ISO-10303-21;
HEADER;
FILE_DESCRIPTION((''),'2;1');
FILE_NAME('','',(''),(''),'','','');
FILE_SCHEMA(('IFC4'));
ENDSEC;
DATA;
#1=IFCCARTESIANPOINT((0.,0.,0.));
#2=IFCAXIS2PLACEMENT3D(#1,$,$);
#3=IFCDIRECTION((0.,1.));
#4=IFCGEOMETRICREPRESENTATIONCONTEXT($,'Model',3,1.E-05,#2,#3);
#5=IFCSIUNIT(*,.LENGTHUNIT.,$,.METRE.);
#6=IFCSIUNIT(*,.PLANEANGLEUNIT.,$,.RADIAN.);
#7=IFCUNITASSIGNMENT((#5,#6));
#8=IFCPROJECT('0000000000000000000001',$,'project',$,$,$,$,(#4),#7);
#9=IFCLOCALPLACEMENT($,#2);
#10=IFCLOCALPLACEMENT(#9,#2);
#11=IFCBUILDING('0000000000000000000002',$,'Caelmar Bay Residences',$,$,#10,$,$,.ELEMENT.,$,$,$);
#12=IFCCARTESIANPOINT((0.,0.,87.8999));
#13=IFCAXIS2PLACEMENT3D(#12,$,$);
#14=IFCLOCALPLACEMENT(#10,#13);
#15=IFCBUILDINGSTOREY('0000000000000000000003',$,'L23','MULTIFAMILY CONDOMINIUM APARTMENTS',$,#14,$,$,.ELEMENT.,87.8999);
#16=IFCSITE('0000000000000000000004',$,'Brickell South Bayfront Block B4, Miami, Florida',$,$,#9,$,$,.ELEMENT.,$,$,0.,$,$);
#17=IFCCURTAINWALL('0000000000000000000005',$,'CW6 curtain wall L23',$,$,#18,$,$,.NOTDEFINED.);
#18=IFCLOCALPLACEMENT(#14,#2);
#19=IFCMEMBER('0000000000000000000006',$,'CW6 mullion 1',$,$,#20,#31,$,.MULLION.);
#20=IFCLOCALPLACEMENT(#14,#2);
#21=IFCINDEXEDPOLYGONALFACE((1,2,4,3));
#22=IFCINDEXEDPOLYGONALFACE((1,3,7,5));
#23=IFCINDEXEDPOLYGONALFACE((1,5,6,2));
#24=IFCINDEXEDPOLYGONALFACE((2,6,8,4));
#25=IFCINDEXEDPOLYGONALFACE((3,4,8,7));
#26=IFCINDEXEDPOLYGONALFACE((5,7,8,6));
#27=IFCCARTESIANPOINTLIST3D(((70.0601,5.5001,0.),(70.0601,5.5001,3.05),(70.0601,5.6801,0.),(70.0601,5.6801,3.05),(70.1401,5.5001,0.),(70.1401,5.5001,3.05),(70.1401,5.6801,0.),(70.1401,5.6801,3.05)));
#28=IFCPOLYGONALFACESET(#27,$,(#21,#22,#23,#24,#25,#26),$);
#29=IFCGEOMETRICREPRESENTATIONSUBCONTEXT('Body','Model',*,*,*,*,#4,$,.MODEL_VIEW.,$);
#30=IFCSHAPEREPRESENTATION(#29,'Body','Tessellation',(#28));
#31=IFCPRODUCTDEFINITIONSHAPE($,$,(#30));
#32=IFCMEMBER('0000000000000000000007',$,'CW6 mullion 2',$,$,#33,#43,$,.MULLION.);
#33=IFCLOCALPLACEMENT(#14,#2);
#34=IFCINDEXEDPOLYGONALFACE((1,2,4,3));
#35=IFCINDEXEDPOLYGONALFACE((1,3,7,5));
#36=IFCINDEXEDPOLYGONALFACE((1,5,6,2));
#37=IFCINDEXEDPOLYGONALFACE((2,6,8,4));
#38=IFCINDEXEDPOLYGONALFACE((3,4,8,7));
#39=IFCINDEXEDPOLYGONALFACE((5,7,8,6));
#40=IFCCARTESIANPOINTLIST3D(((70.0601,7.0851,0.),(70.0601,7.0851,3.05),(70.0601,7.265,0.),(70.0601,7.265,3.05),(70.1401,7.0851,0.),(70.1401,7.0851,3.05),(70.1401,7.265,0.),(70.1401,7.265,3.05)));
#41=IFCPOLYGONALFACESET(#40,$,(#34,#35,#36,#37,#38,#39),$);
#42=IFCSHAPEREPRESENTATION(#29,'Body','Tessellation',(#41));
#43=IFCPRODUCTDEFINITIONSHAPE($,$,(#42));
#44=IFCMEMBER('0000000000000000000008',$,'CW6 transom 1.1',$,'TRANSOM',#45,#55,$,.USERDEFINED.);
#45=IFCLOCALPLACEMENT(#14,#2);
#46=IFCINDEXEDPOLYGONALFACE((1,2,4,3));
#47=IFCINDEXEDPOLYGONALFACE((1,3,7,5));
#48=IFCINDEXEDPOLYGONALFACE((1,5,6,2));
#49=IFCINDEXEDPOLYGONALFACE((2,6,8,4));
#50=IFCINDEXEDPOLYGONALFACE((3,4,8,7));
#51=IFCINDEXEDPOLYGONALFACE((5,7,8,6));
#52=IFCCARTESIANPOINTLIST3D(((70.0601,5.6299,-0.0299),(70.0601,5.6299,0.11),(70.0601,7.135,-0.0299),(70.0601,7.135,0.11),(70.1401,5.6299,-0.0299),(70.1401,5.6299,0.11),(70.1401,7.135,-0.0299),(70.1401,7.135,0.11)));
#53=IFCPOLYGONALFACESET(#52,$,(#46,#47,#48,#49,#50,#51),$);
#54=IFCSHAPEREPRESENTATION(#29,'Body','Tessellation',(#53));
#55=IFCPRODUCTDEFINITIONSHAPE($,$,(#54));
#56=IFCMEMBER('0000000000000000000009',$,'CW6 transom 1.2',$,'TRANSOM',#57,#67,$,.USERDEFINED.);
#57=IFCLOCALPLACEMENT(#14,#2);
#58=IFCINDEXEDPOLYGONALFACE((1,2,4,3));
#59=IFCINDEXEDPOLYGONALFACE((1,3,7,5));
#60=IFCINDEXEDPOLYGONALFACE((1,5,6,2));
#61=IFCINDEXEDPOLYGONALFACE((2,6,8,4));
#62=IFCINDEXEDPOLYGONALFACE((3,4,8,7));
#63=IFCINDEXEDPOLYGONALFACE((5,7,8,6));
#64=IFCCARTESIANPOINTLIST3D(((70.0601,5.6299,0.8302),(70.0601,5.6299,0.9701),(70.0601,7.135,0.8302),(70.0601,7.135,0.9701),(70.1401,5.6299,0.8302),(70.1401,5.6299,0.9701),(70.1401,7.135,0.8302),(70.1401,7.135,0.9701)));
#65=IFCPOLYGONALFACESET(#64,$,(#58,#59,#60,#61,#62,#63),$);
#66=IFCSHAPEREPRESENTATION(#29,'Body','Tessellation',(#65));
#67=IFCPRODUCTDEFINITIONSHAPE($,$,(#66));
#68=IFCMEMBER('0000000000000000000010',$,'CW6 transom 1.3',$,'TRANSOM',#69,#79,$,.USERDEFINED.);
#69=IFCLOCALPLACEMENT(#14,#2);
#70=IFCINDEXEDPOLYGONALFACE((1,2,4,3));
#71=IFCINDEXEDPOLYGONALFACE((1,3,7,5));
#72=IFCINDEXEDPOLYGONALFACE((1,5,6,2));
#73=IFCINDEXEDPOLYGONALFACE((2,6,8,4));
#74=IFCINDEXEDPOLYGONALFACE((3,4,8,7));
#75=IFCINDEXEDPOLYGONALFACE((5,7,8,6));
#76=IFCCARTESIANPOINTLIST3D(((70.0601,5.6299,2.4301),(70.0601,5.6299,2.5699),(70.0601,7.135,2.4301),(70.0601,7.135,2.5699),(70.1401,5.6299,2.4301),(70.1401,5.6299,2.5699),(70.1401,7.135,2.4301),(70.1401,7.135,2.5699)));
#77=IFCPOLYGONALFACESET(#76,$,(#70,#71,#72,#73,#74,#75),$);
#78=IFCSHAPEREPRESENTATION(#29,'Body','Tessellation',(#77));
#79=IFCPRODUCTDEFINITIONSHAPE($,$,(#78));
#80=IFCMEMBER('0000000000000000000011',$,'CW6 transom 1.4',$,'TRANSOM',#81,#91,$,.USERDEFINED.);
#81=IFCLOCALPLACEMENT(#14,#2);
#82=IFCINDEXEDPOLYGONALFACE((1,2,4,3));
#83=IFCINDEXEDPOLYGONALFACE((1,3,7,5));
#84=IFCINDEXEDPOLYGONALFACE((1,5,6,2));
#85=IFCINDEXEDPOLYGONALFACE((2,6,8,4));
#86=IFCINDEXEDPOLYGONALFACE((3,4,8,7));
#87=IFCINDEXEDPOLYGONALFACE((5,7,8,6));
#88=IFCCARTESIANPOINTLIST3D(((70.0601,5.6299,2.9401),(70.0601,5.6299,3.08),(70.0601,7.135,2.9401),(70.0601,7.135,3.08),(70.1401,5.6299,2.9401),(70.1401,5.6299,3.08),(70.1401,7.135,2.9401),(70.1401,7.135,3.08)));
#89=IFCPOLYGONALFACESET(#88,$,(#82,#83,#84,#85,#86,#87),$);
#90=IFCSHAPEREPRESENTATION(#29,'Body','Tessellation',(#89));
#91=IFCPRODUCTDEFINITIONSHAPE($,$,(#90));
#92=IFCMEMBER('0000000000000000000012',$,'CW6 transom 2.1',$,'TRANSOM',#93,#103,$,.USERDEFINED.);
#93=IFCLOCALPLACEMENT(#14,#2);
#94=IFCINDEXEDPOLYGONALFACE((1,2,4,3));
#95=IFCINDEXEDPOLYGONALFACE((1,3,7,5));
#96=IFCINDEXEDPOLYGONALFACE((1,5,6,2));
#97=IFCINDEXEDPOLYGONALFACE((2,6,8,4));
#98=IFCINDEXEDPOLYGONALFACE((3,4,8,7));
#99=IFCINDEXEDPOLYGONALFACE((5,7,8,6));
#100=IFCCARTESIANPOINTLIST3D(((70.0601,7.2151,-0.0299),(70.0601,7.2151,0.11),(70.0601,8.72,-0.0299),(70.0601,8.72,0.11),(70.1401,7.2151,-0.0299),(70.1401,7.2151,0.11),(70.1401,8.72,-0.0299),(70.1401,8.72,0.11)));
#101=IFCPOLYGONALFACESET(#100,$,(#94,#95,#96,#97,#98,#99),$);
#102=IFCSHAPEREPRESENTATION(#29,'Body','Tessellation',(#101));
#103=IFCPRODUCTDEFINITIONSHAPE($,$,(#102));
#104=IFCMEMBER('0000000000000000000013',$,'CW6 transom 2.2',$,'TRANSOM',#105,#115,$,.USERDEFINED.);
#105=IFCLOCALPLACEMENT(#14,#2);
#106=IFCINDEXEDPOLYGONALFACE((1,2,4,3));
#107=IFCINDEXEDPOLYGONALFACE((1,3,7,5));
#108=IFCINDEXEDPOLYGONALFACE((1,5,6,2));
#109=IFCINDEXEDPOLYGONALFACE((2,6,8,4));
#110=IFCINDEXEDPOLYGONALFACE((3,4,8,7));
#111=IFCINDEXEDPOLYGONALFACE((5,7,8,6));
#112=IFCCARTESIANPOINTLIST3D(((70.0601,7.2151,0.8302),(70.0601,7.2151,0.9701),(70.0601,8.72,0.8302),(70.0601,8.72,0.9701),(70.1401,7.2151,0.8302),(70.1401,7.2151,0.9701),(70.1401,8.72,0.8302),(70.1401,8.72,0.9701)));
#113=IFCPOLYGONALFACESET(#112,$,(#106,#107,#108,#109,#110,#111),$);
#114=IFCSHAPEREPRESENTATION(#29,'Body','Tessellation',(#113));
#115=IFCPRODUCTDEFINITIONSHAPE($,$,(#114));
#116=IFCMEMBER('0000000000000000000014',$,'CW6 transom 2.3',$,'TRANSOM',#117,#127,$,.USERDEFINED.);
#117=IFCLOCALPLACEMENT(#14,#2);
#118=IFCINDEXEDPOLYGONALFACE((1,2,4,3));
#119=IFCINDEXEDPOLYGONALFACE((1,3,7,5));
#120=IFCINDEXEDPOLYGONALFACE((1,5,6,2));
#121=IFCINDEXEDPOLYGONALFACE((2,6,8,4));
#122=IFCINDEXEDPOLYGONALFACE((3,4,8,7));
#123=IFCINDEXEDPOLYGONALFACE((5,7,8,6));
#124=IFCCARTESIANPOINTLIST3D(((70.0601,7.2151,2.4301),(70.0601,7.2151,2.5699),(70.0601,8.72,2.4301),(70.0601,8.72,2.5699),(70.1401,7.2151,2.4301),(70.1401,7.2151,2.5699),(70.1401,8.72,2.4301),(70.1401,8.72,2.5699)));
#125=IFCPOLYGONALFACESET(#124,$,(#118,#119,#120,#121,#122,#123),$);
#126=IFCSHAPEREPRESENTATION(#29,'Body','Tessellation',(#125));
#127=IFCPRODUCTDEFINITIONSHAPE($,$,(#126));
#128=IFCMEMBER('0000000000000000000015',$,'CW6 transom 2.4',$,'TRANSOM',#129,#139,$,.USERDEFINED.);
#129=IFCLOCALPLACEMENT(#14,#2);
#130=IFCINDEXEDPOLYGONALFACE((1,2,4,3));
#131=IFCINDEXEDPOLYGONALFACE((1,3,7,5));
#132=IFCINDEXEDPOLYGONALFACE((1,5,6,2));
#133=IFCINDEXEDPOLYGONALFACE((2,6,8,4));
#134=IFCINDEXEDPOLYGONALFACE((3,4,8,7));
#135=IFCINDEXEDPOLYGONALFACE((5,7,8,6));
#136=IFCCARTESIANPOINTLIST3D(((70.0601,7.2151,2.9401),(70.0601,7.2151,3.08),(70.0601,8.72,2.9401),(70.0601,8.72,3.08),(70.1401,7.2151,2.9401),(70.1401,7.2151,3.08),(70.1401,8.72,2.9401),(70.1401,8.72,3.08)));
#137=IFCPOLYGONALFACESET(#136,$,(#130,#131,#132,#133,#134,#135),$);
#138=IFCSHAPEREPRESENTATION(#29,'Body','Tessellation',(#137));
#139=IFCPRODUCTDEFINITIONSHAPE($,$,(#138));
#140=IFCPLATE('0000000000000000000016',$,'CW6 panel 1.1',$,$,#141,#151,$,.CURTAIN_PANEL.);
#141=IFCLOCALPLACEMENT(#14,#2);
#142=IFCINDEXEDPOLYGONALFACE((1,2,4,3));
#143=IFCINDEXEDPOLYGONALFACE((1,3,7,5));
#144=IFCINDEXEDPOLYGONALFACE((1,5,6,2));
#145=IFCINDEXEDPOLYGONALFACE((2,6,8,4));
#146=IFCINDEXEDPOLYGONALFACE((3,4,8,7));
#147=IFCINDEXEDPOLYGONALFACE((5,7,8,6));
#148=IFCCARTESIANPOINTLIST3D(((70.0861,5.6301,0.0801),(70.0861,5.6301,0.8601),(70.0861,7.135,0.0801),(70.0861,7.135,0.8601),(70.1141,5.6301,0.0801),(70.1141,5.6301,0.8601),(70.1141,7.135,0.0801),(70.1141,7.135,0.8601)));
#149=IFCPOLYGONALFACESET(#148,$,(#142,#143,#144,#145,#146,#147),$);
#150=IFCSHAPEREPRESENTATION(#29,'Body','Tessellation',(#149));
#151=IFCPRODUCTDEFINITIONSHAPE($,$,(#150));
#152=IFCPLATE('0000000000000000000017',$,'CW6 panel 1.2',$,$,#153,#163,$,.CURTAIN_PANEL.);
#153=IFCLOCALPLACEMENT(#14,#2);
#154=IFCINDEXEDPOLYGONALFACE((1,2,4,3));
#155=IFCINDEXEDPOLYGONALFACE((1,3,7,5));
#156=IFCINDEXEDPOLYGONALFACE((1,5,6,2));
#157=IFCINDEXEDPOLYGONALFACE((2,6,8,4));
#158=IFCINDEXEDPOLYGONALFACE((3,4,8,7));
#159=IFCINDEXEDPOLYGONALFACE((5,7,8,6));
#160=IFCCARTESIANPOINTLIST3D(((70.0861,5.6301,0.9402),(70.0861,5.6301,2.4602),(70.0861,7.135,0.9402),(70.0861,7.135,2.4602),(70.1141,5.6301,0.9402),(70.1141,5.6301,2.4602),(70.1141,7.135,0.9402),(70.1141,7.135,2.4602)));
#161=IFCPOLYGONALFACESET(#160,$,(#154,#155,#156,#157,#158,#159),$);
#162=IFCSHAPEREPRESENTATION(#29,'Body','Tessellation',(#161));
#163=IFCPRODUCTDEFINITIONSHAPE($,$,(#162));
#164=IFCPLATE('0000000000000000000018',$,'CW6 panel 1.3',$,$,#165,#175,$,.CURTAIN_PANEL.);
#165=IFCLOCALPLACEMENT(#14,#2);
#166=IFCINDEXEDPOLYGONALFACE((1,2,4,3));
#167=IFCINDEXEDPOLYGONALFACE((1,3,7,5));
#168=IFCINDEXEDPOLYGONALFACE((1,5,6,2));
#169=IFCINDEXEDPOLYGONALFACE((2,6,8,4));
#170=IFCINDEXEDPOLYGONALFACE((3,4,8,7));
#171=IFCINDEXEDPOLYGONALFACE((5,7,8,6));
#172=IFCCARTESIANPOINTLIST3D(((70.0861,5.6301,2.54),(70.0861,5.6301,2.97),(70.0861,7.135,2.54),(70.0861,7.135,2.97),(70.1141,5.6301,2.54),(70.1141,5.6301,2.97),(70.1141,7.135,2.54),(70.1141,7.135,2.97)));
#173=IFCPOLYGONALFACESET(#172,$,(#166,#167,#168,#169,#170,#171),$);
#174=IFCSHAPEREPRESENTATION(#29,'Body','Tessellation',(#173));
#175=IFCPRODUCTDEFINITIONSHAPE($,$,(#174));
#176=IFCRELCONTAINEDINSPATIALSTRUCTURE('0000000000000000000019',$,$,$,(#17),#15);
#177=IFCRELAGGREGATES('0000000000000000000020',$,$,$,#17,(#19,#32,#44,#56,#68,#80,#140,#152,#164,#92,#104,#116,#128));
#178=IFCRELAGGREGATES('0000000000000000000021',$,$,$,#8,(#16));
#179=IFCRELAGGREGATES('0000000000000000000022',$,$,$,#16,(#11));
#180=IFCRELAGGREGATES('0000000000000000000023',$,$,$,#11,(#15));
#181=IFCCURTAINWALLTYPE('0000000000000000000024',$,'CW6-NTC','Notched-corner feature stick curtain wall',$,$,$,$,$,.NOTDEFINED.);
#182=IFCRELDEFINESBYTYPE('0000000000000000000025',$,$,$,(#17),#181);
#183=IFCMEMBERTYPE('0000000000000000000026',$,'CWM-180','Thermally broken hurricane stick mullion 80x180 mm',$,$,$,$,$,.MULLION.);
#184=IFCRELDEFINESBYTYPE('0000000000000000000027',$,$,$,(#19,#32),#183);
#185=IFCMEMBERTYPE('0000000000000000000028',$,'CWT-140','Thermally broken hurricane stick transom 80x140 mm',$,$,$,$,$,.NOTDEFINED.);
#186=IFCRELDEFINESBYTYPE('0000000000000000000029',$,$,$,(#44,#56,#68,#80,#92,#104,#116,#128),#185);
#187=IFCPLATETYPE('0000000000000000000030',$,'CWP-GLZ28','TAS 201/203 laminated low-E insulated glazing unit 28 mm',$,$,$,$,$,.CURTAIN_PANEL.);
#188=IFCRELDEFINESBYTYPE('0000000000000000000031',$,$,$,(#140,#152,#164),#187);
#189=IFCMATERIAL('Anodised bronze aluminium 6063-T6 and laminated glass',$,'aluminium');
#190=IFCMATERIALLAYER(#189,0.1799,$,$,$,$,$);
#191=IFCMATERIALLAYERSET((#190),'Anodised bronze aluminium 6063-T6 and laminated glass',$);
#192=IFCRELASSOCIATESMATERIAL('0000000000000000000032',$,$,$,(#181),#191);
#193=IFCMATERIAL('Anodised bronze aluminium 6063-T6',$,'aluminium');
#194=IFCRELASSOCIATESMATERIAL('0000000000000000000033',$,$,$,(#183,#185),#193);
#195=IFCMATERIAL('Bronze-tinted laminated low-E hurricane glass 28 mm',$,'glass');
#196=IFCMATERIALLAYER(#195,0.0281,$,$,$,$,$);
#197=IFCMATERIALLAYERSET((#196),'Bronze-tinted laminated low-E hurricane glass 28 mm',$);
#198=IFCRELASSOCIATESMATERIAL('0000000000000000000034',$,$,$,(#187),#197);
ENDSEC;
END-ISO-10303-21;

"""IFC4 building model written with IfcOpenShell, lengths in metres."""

from ifc_helpers import new_model, si_unit, direction, frame, origin, origin_2d, place, context, subcontext, project, spatial, rectangle, extrude, material, layer, layer_set, material_profile, profile_set, type_object, element, aggregate, save


model = new_model("IFC4")

# Units and contexts
model_context = context("Model", 3, precision=1e-05, world=origin(), true_north=direction((0.0, 1.0)))
body_context = subcontext(model_context, "Body", "Model", "MODEL_VIEW")
ifc_project = project(units=[si_unit("LENGTHUNIT", "METRE"), si_unit("PLANEANGLEUNIT", "RADIAN")], contexts=[model_context])

# Site, building, storey
site_placement = place(None, origin())
site = spatial("IfcSite", under=ifc_project, at=site_placement, Name="Brickell South Bayfront Block B4, Miami, Florida", CompositionType="ELEMENT", RefElevation=0.0)
building_placement = place(site_placement, origin())
building = spatial("IfcBuilding", under=site, at=building_placement, Name="Caelmar Bay Residences", CompositionType="ELEMENT")
storey_placement = place(building_placement, frame((0.0, 0.0, 87.8999)))
storey = spatial("IfcBuildingStorey", under=building, at=storey_placement, Name="L23", Description="MULTIFAMILY CONDOMINIUM APARTMENTS", CompositionType="ELEMENT", Elevation=87.8999)

# Curtain wall, members, plates
ifc_material_1 = material(Name="Anodised bronze aluminium 6063-T6 and laminated glass", Category="aluminium")
ifc_layer_1 = layer(ifc_material_1, 0.1799)
ifc_layer_set_1 = layer_set([ifc_layer_1], Name="Anodised bronze aluminium 6063-T6 and laminated glass")
curtain_wall_type = type_object("IfcCurtainWallType", Name="CW6-NTC", Description="Notched-corner feature stick curtain wall", PredefinedType="NOTDEFINED", material=ifc_layer_set_1)
curtain_wall_placement = place(storey_placement, origin())
curtain_wall = element("IfcCurtainWall", 1, at=curtain_wall_placement, inside=storey, type_object=curtain_wall_type, Name="CW6 curtain wall L23", PredefinedType="NOTDEFINED")
ifc_material_2 = material(Name="Anodised bronze aluminium 6063-T6", Category="aluminium")
ifc_material_profile_1 = material_profile(ifc_material_2, rectangle(XDim=0.0801, YDim=0.1799, at=origin_2d()), Name="CWM-80X180")
ifc_profile_set_1 = profile_set([ifc_material_profile_1], Name="Anodised bronze aluminium 6063-T6")
member_type_1 = type_object("IfcMemberType", Name="CWM-180", Description="Thermally broken hurricane stick mullion 80x180 mm", PredefinedType="MULLION", material=ifc_profile_set_1)
member_1_placement = place(storey_placement, frame((70.1001, 5.5901, 0.0), z_axis=(0.0, 0.0, 1.0), x_axis=(-1.0, 0.0, 0.0)))
member_1 = element("IfcMember", 2, at=member_1_placement, type_object=member_type_1, Name="CW6 mullion 1", PredefinedType="MULLION", context=body_context, shape_type="SweptSolid", body=[
    extrude(rectangle(XDim=0.0801, YDim=0.1799, at=origin_2d()), origin(), (0.0, 0.0, 1.0), 3.05),
])
member_2_placement = place(storey_placement, frame((70.1001, 7.175, 0.0), z_axis=(0.0, 0.0, 1.0), x_axis=(-1.0, 0.0, 0.0)))
member_2 = element("IfcMember", 3, at=member_2_placement, type_object=member_type_1, Name="CW6 mullion 2", PredefinedType="MULLION", context=body_context, shape_type="SweptSolid", body=[
    extrude(rectangle(XDim=0.0801, YDim=0.1799, at=origin_2d()), origin(), (0.0, 0.0, 1.0), 3.05),
])
ifc_material_profile_2 = material_profile(ifc_material_2, rectangle(XDim=0.0801, YDim=0.1399, at=origin_2d()), Name="CWT-80X140")
ifc_profile_set_2 = profile_set([ifc_material_profile_2], Name="Anodised bronze aluminium 6063-T6")
member_type_2 = type_object("IfcMemberType", Name="CWT-140", Description="Thermally broken hurricane stick transom 80x140 mm", PredefinedType="NOTDEFINED", material=ifc_profile_set_2)
member_3_placement = place(storey_placement, frame((70.1001, 5.6299, 0.04), z_axis=(0.0, 1.0, 0.0), x_axis=(-1.0, 0.0, 0.0)))
member_3 = element("IfcMember", 4, at=member_3_placement, type_object=member_type_2, Name="CW6 transom 1.1", ObjectType="TRANSOM", PredefinedType="USERDEFINED", context=body_context, shape_type="SweptSolid", body=[
    extrude(rectangle(XDim=0.0801, YDim=0.1399, at=origin_2d()), origin(), (0.0, 0.0, 1.0), 1.5051),
])
member_4_placement = place(storey_placement, frame((70.1001, 5.6299, 0.9001), z_axis=(0.0, 1.0, 0.0), x_axis=(-1.0, 0.0, 0.0)))
member_4 = element("IfcMember", 5, at=member_4_placement, type_object=member_type_2, Name="CW6 transom 1.2", ObjectType="TRANSOM", PredefinedType="USERDEFINED", context=body_context, shape_type="SweptSolid", body=[
    extrude(rectangle(XDim=0.0801, YDim=0.1399, at=origin_2d()), origin(), (0.0, 0.0, 1.0), 1.5051),
])
member_5_placement = place(storey_placement, frame((70.1001, 5.6299, 2.5), z_axis=(0.0, 1.0, 0.0), x_axis=(-1.0, 0.0, 0.0)))
member_5 = element("IfcMember", 6, at=member_5_placement, type_object=member_type_2, Name="CW6 transom 1.3", ObjectType="TRANSOM", PredefinedType="USERDEFINED", context=body_context, shape_type="SweptSolid", body=[
    extrude(rectangle(XDim=0.0801, YDim=0.1399, at=origin_2d()), origin(), (0.0, 0.0, 1.0), 1.5051),
])
member_6_placement = place(storey_placement, frame((70.1001, 5.6299, 3.01), z_axis=(0.0, 1.0, 0.0), x_axis=(-1.0, 0.0, 0.0)))
member_6 = element("IfcMember", 7, at=member_6_placement, type_object=member_type_2, Name="CW6 transom 1.4", ObjectType="TRANSOM", PredefinedType="USERDEFINED", context=body_context, shape_type="SweptSolid", body=[
    extrude(rectangle(XDim=0.0801, YDim=0.1399, at=origin_2d()), origin(), (0.0, 0.0, 1.0), 1.5051),
])
member_7_placement = place(storey_placement, frame((70.1001, 7.2151, 0.04), z_axis=(0.0, 1.0, 0.0), x_axis=(-1.0, 0.0, 0.0)))
member_7 = element("IfcMember", 8, at=member_7_placement, type_object=member_type_2, Name="CW6 transom 2.1", ObjectType="TRANSOM", PredefinedType="USERDEFINED", context=body_context, shape_type="SweptSolid", body=[
    extrude(rectangle(XDim=0.0801, YDim=0.1399, at=origin_2d()), origin(), (0.0, 0.0, 1.0), 1.5049),
])
member_8_placement = place(storey_placement, frame((70.1001, 7.2151, 0.9001), z_axis=(0.0, 1.0, 0.0), x_axis=(-1.0, 0.0, 0.0)))
member_8 = element("IfcMember", 9, at=member_8_placement, type_object=member_type_2, Name="CW6 transom 2.2", ObjectType="TRANSOM", PredefinedType="USERDEFINED", context=body_context, shape_type="SweptSolid", body=[
    extrude(rectangle(XDim=0.0801, YDim=0.1399, at=origin_2d()), origin(), (0.0, 0.0, 1.0), 1.5049),
])
member_9_placement = place(storey_placement, frame((70.1001, 7.2151, 2.5), z_axis=(0.0, 1.0, 0.0), x_axis=(-1.0, 0.0, 0.0)))
member_9 = element("IfcMember", 10, at=member_9_placement, type_object=member_type_2, Name="CW6 transom 2.3", ObjectType="TRANSOM", PredefinedType="USERDEFINED", context=body_context, shape_type="SweptSolid", body=[
    extrude(rectangle(XDim=0.0801, YDim=0.1399, at=origin_2d()), origin(), (0.0, 0.0, 1.0), 1.5049),
])
member_10_placement = place(storey_placement, frame((70.1001, 7.2151, 3.01), z_axis=(0.0, 1.0, 0.0), x_axis=(-1.0, 0.0, 0.0)))
member_10 = element("IfcMember", 11, at=member_10_placement, type_object=member_type_2, Name="CW6 transom 2.4", ObjectType="TRANSOM", PredefinedType="USERDEFINED", context=body_context, shape_type="SweptSolid", body=[
    extrude(rectangle(XDim=0.0801, YDim=0.1399, at=origin_2d()), origin(), (0.0, 0.0, 1.0), 1.5049),
])
ifc_material_3 = material(Name="Bronze-tinted laminated low-E hurricane glass 28 mm", Category="glass")
ifc_layer_2 = layer(ifc_material_3, 0.0281)
ifc_layer_set_2 = layer_set([ifc_layer_2], Name="Bronze-tinted laminated low-E hurricane glass 28 mm")
plate_type = type_object("IfcPlateType", Name="CWP-GLZ28", Description="TAS 201/203 laminated low-E insulated glazing unit 28 mm", PredefinedType="CURTAIN_PANEL", material=ifc_layer_set_2)
plate_1_placement = place(storey_placement, frame((70.1001, 6.3826, 0.0801), z_axis=(0.0, 0.0, 1.0), x_axis=(0.0, 1.0, 0.0)))
plate_1 = element("IfcPlate", 12, at=plate_1_placement, type_object=plate_type, Name="CW6 panel 1.1", PredefinedType="CURTAIN_PANEL", context=body_context, shape_type="SweptSolid", body=[
    extrude(rectangle(XDim=1.5049, YDim=0.0281, at=origin_2d()), origin(), (0.0, 0.0, 1.0), 0.78),
])
plate_2_placement = place(storey_placement, frame((70.1001, 6.3826, 0.9402), z_axis=(0.0, 0.0, 1.0), x_axis=(0.0, 1.0, 0.0)))
plate_2 = element("IfcPlate", 13, at=plate_2_placement, type_object=plate_type, Name="CW6 panel 1.2", PredefinedType="CURTAIN_PANEL", context=body_context, shape_type="SweptSolid", body=[
    extrude(rectangle(XDim=1.5049, YDim=0.0281, at=origin_2d()), origin(), (0.0, 0.0, 1.0), 1.52),
])
plate_3_placement = place(storey_placement, frame((70.1001, 6.3826, 2.54), z_axis=(0.0, 0.0, 1.0), x_axis=(0.0, 1.0, 0.0)))
plate_3 = element("IfcPlate", 14, at=plate_3_placement, type_object=plate_type, Name="CW6 panel 1.3", PredefinedType="CURTAIN_PANEL", context=body_context, shape_type="SweptSolid", body=[
    extrude(rectangle(XDim=1.5049, YDim=0.0281, at=origin_2d()), origin(), (0.0, 0.0, 1.0), 0.4299),
])
aggregate(curtain_wall, [member_1, member_2, member_3, member_4, member_5, member_6, plate_1, plate_2, plate_3, member_7, member_8, member_9, member_10])

save(model, "model.ifc")
